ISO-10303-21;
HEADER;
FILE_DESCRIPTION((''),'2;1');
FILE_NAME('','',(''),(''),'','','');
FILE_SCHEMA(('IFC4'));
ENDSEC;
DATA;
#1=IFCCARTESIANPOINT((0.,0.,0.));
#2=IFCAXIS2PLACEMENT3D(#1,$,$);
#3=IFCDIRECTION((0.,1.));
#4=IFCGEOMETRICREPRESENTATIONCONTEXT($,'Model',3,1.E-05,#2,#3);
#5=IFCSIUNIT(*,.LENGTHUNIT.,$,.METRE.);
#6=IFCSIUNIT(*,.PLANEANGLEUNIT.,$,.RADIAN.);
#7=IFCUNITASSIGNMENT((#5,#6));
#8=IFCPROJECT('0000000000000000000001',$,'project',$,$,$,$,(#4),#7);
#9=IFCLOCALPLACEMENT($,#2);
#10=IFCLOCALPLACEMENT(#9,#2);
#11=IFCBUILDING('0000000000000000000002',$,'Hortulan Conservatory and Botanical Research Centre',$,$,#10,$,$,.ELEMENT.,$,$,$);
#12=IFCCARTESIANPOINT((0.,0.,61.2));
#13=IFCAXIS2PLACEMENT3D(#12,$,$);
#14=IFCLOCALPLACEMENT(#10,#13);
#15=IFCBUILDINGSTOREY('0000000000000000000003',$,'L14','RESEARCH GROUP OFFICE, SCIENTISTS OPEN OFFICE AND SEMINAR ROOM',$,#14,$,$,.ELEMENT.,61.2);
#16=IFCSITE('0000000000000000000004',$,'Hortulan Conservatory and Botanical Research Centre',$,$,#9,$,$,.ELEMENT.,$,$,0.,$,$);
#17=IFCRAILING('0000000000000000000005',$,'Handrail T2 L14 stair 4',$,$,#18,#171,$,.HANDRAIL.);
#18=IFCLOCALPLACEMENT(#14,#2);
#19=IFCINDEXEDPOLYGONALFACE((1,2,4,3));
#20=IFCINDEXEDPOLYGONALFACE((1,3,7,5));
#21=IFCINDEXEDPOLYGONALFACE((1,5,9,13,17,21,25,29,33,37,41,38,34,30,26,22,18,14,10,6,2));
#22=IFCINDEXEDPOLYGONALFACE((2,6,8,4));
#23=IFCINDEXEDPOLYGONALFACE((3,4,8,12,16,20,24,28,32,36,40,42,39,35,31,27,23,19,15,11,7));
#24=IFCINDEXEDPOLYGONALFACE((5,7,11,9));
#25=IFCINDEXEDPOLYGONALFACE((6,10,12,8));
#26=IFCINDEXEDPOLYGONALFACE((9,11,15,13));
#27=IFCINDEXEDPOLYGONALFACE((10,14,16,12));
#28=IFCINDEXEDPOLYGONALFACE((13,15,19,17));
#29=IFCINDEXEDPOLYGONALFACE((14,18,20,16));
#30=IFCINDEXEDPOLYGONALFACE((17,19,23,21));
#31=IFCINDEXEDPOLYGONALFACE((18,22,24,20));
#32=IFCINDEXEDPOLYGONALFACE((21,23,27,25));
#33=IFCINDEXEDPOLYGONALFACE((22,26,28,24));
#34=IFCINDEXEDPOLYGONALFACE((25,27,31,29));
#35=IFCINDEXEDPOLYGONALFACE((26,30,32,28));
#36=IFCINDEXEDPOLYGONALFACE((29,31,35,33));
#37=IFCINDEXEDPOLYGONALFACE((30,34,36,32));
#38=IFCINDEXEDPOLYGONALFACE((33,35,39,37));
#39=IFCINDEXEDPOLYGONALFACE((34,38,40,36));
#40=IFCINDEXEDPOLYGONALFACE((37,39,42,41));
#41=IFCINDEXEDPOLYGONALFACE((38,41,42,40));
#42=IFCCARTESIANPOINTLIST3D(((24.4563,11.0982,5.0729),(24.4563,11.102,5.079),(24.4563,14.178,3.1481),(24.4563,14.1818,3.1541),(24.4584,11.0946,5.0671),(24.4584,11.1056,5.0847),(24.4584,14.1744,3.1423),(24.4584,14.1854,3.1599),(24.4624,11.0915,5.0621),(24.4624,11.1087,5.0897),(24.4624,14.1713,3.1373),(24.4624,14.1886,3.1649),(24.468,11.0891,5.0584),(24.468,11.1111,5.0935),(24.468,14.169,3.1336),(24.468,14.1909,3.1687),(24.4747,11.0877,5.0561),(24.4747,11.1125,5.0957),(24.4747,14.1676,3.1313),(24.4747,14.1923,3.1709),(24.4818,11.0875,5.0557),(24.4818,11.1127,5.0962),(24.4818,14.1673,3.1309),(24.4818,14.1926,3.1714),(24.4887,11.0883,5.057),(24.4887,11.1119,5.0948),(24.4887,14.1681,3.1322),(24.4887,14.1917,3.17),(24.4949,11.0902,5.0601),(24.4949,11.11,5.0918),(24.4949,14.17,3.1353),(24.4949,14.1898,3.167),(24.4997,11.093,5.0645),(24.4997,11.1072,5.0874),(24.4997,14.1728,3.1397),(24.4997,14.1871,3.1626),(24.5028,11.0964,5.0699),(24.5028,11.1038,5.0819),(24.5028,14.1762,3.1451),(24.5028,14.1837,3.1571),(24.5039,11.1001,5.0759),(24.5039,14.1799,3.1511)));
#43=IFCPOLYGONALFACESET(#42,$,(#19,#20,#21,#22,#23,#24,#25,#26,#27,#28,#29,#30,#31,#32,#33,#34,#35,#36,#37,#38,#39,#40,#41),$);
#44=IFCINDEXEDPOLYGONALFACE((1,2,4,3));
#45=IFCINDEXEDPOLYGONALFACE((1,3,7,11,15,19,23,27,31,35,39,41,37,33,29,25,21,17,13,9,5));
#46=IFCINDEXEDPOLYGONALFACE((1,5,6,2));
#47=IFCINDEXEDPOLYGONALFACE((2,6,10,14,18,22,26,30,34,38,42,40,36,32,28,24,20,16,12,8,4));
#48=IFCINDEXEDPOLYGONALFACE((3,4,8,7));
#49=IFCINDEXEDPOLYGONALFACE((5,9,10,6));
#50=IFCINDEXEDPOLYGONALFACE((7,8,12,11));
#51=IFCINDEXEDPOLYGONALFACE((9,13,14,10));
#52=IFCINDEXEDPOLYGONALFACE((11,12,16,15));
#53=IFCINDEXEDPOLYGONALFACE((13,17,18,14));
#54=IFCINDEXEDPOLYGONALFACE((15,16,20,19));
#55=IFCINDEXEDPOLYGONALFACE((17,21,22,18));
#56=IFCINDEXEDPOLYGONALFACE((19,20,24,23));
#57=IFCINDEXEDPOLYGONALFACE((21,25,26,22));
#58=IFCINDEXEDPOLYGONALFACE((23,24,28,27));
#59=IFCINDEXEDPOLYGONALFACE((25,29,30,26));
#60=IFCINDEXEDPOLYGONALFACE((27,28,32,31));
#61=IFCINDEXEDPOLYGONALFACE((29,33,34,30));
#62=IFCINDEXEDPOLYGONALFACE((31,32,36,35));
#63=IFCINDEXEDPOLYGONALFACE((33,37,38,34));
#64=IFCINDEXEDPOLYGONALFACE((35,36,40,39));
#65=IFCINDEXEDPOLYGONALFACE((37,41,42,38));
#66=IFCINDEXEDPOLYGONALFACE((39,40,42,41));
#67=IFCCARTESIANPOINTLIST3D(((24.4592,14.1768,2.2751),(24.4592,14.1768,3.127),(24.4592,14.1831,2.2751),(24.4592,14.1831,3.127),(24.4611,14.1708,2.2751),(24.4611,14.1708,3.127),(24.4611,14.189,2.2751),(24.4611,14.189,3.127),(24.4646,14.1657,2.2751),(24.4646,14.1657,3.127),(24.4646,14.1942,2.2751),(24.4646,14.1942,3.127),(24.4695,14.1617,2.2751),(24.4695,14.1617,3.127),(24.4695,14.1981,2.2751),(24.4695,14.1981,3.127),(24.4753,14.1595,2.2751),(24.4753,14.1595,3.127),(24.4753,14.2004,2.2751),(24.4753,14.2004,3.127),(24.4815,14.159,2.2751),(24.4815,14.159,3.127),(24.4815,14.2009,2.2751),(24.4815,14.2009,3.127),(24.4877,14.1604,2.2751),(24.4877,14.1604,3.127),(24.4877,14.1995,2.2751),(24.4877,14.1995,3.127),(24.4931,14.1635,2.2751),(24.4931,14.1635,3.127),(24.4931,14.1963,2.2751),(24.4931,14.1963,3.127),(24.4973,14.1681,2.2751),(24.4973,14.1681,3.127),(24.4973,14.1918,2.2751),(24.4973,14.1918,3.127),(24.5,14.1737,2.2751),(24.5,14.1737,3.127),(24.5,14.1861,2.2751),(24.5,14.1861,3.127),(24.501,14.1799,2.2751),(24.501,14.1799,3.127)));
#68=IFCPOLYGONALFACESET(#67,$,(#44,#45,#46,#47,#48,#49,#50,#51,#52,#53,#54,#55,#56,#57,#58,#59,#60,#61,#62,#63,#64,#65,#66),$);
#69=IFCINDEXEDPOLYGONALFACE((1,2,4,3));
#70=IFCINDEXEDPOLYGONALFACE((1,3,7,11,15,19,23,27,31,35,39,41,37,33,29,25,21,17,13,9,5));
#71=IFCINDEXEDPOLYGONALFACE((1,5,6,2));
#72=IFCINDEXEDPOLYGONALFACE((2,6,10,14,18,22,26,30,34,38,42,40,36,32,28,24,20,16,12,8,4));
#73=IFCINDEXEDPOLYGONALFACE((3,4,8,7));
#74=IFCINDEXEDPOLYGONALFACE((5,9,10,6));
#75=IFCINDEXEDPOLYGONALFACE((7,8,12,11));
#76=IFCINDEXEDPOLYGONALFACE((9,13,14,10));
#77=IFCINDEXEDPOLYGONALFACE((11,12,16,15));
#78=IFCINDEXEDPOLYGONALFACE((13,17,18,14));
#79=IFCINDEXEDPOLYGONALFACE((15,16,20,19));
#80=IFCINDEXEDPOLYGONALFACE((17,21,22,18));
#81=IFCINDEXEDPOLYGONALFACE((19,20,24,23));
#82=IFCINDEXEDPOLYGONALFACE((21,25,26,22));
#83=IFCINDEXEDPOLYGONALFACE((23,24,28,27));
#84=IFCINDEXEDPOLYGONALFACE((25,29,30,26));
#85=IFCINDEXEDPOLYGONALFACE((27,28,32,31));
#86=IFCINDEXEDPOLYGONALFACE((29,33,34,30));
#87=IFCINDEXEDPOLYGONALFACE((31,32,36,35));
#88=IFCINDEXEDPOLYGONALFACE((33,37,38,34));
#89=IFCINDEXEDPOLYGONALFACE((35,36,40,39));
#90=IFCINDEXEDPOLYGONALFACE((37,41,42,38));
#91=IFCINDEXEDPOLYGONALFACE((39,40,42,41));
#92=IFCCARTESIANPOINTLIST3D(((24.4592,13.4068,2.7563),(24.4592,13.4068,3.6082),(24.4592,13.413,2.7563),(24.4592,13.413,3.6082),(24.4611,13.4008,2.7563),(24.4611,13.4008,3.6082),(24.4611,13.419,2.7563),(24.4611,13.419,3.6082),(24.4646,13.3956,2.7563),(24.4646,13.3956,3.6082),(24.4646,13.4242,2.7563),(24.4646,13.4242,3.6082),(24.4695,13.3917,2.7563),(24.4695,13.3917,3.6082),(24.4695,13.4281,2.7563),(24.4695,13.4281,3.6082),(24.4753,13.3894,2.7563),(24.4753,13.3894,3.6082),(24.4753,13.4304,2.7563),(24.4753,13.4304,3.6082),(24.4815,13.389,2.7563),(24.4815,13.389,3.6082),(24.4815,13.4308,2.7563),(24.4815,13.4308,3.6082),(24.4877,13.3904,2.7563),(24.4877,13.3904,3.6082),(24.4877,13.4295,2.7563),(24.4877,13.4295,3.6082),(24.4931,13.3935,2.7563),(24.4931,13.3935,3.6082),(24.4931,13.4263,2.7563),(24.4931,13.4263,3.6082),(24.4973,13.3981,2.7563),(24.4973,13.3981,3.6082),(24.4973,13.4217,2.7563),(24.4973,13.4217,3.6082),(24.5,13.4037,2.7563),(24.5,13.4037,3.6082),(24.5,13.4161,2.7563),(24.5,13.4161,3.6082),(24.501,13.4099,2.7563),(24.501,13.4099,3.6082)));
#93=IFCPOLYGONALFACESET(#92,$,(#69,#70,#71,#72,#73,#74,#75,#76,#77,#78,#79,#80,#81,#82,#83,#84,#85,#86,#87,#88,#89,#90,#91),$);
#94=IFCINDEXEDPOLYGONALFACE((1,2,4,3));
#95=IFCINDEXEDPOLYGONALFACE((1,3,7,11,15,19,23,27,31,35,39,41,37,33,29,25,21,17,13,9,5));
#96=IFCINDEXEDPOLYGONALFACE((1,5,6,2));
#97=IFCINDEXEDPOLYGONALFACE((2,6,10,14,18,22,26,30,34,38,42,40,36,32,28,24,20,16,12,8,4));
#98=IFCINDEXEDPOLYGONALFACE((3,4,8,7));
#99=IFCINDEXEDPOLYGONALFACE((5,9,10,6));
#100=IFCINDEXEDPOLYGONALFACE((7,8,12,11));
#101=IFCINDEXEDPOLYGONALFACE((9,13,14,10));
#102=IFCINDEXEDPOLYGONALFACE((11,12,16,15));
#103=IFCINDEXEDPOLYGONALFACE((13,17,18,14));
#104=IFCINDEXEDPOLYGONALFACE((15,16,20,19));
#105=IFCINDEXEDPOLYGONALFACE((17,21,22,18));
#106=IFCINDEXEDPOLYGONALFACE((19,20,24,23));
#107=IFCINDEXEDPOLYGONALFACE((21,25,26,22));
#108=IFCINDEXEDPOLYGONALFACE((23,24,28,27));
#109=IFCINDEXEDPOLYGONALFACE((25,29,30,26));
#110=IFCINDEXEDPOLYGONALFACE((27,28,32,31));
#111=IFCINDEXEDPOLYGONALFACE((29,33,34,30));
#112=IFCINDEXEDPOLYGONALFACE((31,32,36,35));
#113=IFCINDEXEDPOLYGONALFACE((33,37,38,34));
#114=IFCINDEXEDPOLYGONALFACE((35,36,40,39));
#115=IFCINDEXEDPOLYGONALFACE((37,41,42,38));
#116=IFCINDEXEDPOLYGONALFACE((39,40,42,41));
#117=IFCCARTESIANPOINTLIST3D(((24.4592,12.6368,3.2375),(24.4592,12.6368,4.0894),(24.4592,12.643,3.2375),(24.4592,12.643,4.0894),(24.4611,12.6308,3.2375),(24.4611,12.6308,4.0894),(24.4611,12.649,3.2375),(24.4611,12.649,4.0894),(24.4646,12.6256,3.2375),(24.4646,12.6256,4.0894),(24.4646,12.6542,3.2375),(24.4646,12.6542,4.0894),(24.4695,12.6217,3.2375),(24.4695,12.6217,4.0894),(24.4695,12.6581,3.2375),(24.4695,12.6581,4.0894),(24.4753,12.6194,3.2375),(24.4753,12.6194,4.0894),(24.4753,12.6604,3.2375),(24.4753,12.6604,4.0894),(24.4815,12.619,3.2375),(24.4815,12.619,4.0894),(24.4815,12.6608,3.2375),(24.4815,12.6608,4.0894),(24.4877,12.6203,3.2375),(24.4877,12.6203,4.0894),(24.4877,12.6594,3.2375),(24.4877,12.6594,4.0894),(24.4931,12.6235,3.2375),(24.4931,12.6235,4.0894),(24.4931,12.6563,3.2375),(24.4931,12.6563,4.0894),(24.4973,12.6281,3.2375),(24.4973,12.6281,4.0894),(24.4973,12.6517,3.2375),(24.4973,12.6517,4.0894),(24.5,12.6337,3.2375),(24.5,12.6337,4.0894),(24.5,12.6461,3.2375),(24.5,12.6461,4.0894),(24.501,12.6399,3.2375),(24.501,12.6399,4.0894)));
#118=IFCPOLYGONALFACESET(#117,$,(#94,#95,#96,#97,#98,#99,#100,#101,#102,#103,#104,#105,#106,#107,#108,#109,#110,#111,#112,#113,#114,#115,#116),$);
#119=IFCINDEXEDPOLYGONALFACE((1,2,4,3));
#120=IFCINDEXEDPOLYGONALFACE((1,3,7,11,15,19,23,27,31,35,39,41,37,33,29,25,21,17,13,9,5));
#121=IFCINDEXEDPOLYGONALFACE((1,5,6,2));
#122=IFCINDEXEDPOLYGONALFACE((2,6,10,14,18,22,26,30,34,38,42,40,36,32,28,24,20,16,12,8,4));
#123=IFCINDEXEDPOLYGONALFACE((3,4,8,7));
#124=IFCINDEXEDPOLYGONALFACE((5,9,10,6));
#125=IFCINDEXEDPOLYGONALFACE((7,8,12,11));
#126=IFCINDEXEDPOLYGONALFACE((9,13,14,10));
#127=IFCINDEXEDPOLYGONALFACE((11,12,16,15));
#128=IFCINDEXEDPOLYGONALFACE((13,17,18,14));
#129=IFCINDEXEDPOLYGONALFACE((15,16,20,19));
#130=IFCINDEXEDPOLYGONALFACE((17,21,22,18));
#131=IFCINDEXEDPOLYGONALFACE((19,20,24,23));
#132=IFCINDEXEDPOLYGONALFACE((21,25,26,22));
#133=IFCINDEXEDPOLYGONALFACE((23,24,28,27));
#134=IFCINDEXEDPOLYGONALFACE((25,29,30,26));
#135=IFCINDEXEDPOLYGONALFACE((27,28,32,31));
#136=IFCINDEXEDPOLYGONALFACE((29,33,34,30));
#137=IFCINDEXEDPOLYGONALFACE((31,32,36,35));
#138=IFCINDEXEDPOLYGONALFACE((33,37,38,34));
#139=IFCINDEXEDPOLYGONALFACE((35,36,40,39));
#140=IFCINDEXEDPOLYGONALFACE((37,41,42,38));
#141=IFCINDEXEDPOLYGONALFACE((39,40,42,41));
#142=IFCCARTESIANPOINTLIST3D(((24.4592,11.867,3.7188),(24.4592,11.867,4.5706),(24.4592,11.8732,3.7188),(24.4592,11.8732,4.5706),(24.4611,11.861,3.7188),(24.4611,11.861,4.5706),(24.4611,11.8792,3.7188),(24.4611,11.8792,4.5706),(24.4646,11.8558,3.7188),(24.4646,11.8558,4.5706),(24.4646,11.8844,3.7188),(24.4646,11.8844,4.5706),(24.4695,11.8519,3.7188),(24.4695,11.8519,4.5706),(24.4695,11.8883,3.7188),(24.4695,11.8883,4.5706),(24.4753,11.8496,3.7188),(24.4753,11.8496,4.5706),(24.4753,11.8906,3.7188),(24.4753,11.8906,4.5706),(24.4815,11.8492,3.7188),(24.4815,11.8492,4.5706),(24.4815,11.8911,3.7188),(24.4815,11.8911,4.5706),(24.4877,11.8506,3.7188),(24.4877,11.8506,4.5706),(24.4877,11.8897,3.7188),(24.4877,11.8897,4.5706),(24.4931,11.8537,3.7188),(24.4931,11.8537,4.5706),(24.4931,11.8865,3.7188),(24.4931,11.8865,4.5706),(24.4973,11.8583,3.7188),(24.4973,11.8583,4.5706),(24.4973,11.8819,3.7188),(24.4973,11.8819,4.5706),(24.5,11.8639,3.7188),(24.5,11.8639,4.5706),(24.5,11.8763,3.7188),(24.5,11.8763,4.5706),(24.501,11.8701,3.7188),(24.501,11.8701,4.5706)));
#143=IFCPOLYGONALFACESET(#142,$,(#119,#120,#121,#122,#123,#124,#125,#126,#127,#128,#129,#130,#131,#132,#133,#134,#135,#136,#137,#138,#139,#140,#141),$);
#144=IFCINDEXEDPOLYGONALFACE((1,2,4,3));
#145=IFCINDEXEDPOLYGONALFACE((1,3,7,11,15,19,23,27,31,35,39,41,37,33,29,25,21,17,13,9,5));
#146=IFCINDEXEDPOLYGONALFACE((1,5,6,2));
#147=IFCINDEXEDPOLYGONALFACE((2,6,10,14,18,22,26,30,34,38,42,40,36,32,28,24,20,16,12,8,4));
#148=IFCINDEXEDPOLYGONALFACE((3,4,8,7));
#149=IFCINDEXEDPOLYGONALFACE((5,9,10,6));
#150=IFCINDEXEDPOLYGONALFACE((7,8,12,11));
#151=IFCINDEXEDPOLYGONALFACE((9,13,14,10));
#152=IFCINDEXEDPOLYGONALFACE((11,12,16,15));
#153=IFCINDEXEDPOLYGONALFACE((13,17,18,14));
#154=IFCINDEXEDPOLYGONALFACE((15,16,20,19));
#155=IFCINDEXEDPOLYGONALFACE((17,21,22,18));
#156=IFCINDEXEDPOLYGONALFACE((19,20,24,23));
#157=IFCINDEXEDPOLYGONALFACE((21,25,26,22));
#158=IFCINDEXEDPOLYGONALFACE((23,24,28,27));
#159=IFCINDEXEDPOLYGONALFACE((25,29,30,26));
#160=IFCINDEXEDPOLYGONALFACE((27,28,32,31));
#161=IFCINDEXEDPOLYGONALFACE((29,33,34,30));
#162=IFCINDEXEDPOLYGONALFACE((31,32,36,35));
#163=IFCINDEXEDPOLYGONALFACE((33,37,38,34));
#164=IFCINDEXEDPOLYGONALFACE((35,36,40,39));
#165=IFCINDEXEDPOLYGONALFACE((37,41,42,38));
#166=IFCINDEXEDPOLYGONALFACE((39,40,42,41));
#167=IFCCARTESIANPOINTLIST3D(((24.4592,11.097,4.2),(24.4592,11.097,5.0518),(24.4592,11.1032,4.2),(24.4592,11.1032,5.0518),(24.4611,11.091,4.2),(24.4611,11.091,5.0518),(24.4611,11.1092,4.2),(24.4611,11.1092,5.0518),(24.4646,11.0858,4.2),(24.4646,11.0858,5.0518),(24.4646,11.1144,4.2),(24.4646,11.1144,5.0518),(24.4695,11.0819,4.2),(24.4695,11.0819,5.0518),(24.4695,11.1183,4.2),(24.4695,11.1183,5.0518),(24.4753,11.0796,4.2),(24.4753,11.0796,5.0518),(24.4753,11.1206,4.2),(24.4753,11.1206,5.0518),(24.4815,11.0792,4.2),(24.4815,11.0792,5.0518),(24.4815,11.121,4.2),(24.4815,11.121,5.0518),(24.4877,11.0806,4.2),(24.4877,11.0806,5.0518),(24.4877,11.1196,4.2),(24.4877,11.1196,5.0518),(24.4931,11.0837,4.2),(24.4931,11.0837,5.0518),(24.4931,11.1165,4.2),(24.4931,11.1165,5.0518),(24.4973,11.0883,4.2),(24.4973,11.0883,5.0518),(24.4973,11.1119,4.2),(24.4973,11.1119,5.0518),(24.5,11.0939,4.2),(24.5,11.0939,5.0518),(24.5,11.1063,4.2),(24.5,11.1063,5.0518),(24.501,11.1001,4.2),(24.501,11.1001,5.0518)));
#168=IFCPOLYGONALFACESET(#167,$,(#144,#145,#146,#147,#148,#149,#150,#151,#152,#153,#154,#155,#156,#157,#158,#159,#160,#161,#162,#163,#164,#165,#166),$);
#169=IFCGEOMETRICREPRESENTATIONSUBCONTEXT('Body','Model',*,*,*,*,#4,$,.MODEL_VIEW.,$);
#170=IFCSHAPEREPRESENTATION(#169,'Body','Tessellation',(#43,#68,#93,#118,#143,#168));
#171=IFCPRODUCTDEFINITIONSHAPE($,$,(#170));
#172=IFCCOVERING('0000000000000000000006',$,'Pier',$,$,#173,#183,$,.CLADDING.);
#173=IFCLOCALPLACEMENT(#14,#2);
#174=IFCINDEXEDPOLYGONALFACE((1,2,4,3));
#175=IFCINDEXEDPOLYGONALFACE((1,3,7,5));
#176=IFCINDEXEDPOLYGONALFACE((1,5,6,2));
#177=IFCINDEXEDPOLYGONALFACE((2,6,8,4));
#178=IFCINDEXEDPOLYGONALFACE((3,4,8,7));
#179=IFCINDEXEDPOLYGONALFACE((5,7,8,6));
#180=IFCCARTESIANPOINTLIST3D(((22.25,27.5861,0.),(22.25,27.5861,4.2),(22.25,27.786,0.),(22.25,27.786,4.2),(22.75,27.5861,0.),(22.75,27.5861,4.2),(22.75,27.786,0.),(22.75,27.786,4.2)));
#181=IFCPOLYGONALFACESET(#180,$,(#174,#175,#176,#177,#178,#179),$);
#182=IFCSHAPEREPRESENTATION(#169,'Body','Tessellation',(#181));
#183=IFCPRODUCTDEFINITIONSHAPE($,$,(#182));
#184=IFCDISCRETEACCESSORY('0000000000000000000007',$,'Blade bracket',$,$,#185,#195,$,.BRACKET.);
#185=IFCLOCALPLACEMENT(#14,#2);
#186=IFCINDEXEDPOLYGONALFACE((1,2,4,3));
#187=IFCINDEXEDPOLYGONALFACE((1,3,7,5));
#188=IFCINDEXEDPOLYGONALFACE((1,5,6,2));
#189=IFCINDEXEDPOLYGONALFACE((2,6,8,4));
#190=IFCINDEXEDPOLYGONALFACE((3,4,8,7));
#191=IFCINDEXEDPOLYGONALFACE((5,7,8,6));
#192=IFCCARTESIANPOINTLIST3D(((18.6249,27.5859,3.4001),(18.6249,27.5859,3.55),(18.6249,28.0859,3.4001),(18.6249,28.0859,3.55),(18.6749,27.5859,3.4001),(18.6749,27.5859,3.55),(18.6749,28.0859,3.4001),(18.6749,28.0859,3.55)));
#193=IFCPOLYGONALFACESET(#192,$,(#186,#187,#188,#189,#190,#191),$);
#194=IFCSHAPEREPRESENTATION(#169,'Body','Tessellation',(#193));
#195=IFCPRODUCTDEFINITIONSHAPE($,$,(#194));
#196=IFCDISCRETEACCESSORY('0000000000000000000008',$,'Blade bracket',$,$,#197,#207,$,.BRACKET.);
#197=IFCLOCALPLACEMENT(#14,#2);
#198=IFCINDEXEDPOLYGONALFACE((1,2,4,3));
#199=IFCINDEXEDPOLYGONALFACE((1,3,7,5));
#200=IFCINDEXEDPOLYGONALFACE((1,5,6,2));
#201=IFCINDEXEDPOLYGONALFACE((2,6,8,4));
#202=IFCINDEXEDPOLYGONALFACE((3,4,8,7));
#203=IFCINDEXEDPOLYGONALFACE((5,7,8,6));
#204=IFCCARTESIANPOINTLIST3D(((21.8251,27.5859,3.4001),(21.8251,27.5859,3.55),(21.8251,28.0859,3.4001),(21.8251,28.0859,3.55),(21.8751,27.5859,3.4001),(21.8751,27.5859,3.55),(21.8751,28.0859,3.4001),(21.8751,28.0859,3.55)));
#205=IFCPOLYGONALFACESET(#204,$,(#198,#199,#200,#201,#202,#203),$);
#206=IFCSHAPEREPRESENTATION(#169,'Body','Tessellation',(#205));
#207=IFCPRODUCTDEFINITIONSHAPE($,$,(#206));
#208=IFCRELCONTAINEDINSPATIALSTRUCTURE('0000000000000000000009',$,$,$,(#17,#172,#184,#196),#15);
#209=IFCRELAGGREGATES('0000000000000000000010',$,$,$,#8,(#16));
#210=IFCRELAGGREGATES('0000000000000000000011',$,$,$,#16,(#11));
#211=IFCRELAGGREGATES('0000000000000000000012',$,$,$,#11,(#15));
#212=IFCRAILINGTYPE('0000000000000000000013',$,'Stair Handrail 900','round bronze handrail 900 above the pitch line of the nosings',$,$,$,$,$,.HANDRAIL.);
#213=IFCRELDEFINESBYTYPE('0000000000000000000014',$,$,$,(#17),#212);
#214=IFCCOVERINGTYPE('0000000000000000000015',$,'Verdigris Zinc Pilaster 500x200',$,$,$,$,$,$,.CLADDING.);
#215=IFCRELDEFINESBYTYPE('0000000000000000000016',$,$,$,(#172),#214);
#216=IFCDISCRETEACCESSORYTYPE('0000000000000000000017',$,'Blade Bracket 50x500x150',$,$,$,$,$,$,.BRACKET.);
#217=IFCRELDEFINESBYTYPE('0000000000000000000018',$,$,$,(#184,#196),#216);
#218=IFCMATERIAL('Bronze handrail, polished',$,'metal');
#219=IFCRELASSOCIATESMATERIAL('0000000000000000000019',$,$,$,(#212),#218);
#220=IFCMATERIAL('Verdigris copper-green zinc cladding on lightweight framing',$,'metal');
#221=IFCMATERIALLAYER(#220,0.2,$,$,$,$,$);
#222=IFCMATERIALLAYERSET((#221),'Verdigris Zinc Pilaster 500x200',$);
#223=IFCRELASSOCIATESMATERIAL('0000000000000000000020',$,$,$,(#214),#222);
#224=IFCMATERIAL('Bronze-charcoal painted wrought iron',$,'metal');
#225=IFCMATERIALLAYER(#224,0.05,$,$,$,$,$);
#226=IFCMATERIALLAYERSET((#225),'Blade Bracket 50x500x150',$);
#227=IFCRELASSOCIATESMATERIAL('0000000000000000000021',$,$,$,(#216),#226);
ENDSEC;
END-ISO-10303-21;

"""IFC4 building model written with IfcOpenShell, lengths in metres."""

from ifc_helpers import new_model, si_unit, direction, frame, origin, origin_2d, place, context, subcontext, project, spatial, rectangle, circle, extrude, material, layer, layer_set, type_object, element, save


model = new_model("IFC4")

# Units and contexts
model_context = context("Model", 3, precision=1e-05, world=origin(), true_north=direction((0.0, 1.0)))
body_context = subcontext(model_context, "Body", "Model", "MODEL_VIEW")
ifc_project = project(units=[si_unit("LENGTHUNIT", "METRE"), si_unit("PLANEANGLEUNIT", "RADIAN")], contexts=[model_context])

# Site, building, storey
site_placement = place(None, origin())
site = spatial("IfcSite", under=ifc_project, at=site_placement, Name="Hortulan Conservatory and Botanical Research Centre", CompositionType="ELEMENT", RefElevation=0.0)
building_placement = place(site_placement, origin())
building = spatial("IfcBuilding", under=site, at=building_placement, Name="Hortulan Conservatory and Botanical Research Centre", CompositionType="ELEMENT")
storey_placement = place(building_placement, frame((0.0, 0.0, 61.2)))
storey = spatial("IfcBuildingStorey", under=building, at=storey_placement, Name="L14", Description="RESEARCH GROUP OFFICE, SCIENTISTS OPEN OFFICE AND SEMINAR ROOM", CompositionType="ELEMENT", Elevation=61.2)

# Railing
ifc_material_1 = material(Name="Bronze handrail, polished", Category="metal")
railing_type_1 = type_object("IfcRailingType", Name="Stair Handrail 900", Description="round bronze handrail 900 above the pitch line of the nosings", PredefinedType="HANDRAIL", material=ifc_material_1)
railing_1_placement = place(storey_placement, frame((24.48, 14.1799, 2.2751)))
element("IfcRailing", 1, at=railing_1_placement, inside=storey, type_object=railing_type_1, Name="Handrail T2 L14 stair 4", PredefinedType="HANDRAIL", context=body_context, shape_type="SweptSolid", body=[
    extrude(circle(Radius=0.0239, at=origin_2d()), frame((0.0, 0.0, 0.876), z_axis=(0.0, -0.84801, 0.529981), x_axis=(1.0, 0.0, 0.0)), (0.0, 0.0, 1.0), 3.6318),
    extrude(circle(Radius=0.021, at=origin_2d()), origin(), (0.0, 0.0, 1.0), 0.8518),
    extrude(circle(Radius=0.021, at=origin_2d()), frame((0.0, -0.77, 0.4812)), (0.0, 0.0, 1.0), 0.8518),
    extrude(circle(Radius=0.021, at=origin_2d()), frame((0.0, -1.54, 0.9624)), (0.0, 0.0, 1.0), 0.8518),
    extrude(circle(Radius=0.021, at=origin_2d()), frame((0.0, -2.3098, 1.4436)), (0.0, 0.0, 1.0), 0.8518),
    extrude(circle(Radius=0.021, at=origin_2d()), frame((0.0, -3.0798, 1.9248)), (0.0, 0.0, 1.0), 0.8518),
])

# Covering
ifc_material_2 = material(Name="Verdigris copper-green zinc cladding on lightweight framing", Category="metal")
ifc_layer_1 = layer(ifc_material_2, 0.2)
ifc_layer_set_1 = layer_set([ifc_layer_1], Name="Verdigris Zinc Pilaster 500x200")
covering_type = type_object("IfcCoveringType", Name="Verdigris Zinc Pilaster 500x200", PredefinedType="CLADDING", material=ifc_layer_set_1)
covering_placement = place(storey_placement, frame((22.5, 27.686, 0.0), z_axis=(0.0, 0.0, 1.0), x_axis=(1.0, 0.0, 0.0)))
element("IfcCovering", 2, at=covering_placement, inside=storey, type_object=covering_type, Name="Pier", PredefinedType="CLADDING", context=body_context, shape_type="SweptSolid", body=[
    extrude(rectangle(XDim=0.5, YDim=0.2, at=origin_2d()), origin(), (0.0, 0.0, 1.0), 4.2),
])

# Discrete accessories
ifc_material_3 = material(Name="Bronze-charcoal painted wrought iron", Category="metal")
ifc_layer_2 = layer(ifc_material_3, 0.05)
ifc_layer_set_2 = layer_set([ifc_layer_2], Name="Blade Bracket 50x500x150")
discrete_accessory_type = type_object("IfcDiscreteAccessoryType", Name="Blade Bracket 50x500x150", PredefinedType="BRACKET", material=ifc_layer_set_2)
for number, where, z_axis, x_axis, name in (
    (3, (18.6499, 27.8359, 3.4001), (0.0, 0.0, 1.0), (1.0, 0.0, 0.0), "Blade bracket"),
    (4, (21.8501, 27.8359, 3.4001), (0.0, 0.0, 1.0), (1.0, 0.0, 0.0), "Blade bracket"),
):
    element("IfcDiscreteAccessory", number, at=place(storey_placement, frame(where, z_axis=z_axis, x_axis=x_axis)), inside=storey, type_object=discrete_accessory_type, Name=name, PredefinedType="BRACKET", context=body_context, shape_type="SweptSolid", body=[
        extrude(rectangle(XDim=0.05, YDim=0.5, at=origin_2d()), origin(), (0.0, 0.0, 1.0), 0.1499),
    ])

save(model, "model.ifc")
